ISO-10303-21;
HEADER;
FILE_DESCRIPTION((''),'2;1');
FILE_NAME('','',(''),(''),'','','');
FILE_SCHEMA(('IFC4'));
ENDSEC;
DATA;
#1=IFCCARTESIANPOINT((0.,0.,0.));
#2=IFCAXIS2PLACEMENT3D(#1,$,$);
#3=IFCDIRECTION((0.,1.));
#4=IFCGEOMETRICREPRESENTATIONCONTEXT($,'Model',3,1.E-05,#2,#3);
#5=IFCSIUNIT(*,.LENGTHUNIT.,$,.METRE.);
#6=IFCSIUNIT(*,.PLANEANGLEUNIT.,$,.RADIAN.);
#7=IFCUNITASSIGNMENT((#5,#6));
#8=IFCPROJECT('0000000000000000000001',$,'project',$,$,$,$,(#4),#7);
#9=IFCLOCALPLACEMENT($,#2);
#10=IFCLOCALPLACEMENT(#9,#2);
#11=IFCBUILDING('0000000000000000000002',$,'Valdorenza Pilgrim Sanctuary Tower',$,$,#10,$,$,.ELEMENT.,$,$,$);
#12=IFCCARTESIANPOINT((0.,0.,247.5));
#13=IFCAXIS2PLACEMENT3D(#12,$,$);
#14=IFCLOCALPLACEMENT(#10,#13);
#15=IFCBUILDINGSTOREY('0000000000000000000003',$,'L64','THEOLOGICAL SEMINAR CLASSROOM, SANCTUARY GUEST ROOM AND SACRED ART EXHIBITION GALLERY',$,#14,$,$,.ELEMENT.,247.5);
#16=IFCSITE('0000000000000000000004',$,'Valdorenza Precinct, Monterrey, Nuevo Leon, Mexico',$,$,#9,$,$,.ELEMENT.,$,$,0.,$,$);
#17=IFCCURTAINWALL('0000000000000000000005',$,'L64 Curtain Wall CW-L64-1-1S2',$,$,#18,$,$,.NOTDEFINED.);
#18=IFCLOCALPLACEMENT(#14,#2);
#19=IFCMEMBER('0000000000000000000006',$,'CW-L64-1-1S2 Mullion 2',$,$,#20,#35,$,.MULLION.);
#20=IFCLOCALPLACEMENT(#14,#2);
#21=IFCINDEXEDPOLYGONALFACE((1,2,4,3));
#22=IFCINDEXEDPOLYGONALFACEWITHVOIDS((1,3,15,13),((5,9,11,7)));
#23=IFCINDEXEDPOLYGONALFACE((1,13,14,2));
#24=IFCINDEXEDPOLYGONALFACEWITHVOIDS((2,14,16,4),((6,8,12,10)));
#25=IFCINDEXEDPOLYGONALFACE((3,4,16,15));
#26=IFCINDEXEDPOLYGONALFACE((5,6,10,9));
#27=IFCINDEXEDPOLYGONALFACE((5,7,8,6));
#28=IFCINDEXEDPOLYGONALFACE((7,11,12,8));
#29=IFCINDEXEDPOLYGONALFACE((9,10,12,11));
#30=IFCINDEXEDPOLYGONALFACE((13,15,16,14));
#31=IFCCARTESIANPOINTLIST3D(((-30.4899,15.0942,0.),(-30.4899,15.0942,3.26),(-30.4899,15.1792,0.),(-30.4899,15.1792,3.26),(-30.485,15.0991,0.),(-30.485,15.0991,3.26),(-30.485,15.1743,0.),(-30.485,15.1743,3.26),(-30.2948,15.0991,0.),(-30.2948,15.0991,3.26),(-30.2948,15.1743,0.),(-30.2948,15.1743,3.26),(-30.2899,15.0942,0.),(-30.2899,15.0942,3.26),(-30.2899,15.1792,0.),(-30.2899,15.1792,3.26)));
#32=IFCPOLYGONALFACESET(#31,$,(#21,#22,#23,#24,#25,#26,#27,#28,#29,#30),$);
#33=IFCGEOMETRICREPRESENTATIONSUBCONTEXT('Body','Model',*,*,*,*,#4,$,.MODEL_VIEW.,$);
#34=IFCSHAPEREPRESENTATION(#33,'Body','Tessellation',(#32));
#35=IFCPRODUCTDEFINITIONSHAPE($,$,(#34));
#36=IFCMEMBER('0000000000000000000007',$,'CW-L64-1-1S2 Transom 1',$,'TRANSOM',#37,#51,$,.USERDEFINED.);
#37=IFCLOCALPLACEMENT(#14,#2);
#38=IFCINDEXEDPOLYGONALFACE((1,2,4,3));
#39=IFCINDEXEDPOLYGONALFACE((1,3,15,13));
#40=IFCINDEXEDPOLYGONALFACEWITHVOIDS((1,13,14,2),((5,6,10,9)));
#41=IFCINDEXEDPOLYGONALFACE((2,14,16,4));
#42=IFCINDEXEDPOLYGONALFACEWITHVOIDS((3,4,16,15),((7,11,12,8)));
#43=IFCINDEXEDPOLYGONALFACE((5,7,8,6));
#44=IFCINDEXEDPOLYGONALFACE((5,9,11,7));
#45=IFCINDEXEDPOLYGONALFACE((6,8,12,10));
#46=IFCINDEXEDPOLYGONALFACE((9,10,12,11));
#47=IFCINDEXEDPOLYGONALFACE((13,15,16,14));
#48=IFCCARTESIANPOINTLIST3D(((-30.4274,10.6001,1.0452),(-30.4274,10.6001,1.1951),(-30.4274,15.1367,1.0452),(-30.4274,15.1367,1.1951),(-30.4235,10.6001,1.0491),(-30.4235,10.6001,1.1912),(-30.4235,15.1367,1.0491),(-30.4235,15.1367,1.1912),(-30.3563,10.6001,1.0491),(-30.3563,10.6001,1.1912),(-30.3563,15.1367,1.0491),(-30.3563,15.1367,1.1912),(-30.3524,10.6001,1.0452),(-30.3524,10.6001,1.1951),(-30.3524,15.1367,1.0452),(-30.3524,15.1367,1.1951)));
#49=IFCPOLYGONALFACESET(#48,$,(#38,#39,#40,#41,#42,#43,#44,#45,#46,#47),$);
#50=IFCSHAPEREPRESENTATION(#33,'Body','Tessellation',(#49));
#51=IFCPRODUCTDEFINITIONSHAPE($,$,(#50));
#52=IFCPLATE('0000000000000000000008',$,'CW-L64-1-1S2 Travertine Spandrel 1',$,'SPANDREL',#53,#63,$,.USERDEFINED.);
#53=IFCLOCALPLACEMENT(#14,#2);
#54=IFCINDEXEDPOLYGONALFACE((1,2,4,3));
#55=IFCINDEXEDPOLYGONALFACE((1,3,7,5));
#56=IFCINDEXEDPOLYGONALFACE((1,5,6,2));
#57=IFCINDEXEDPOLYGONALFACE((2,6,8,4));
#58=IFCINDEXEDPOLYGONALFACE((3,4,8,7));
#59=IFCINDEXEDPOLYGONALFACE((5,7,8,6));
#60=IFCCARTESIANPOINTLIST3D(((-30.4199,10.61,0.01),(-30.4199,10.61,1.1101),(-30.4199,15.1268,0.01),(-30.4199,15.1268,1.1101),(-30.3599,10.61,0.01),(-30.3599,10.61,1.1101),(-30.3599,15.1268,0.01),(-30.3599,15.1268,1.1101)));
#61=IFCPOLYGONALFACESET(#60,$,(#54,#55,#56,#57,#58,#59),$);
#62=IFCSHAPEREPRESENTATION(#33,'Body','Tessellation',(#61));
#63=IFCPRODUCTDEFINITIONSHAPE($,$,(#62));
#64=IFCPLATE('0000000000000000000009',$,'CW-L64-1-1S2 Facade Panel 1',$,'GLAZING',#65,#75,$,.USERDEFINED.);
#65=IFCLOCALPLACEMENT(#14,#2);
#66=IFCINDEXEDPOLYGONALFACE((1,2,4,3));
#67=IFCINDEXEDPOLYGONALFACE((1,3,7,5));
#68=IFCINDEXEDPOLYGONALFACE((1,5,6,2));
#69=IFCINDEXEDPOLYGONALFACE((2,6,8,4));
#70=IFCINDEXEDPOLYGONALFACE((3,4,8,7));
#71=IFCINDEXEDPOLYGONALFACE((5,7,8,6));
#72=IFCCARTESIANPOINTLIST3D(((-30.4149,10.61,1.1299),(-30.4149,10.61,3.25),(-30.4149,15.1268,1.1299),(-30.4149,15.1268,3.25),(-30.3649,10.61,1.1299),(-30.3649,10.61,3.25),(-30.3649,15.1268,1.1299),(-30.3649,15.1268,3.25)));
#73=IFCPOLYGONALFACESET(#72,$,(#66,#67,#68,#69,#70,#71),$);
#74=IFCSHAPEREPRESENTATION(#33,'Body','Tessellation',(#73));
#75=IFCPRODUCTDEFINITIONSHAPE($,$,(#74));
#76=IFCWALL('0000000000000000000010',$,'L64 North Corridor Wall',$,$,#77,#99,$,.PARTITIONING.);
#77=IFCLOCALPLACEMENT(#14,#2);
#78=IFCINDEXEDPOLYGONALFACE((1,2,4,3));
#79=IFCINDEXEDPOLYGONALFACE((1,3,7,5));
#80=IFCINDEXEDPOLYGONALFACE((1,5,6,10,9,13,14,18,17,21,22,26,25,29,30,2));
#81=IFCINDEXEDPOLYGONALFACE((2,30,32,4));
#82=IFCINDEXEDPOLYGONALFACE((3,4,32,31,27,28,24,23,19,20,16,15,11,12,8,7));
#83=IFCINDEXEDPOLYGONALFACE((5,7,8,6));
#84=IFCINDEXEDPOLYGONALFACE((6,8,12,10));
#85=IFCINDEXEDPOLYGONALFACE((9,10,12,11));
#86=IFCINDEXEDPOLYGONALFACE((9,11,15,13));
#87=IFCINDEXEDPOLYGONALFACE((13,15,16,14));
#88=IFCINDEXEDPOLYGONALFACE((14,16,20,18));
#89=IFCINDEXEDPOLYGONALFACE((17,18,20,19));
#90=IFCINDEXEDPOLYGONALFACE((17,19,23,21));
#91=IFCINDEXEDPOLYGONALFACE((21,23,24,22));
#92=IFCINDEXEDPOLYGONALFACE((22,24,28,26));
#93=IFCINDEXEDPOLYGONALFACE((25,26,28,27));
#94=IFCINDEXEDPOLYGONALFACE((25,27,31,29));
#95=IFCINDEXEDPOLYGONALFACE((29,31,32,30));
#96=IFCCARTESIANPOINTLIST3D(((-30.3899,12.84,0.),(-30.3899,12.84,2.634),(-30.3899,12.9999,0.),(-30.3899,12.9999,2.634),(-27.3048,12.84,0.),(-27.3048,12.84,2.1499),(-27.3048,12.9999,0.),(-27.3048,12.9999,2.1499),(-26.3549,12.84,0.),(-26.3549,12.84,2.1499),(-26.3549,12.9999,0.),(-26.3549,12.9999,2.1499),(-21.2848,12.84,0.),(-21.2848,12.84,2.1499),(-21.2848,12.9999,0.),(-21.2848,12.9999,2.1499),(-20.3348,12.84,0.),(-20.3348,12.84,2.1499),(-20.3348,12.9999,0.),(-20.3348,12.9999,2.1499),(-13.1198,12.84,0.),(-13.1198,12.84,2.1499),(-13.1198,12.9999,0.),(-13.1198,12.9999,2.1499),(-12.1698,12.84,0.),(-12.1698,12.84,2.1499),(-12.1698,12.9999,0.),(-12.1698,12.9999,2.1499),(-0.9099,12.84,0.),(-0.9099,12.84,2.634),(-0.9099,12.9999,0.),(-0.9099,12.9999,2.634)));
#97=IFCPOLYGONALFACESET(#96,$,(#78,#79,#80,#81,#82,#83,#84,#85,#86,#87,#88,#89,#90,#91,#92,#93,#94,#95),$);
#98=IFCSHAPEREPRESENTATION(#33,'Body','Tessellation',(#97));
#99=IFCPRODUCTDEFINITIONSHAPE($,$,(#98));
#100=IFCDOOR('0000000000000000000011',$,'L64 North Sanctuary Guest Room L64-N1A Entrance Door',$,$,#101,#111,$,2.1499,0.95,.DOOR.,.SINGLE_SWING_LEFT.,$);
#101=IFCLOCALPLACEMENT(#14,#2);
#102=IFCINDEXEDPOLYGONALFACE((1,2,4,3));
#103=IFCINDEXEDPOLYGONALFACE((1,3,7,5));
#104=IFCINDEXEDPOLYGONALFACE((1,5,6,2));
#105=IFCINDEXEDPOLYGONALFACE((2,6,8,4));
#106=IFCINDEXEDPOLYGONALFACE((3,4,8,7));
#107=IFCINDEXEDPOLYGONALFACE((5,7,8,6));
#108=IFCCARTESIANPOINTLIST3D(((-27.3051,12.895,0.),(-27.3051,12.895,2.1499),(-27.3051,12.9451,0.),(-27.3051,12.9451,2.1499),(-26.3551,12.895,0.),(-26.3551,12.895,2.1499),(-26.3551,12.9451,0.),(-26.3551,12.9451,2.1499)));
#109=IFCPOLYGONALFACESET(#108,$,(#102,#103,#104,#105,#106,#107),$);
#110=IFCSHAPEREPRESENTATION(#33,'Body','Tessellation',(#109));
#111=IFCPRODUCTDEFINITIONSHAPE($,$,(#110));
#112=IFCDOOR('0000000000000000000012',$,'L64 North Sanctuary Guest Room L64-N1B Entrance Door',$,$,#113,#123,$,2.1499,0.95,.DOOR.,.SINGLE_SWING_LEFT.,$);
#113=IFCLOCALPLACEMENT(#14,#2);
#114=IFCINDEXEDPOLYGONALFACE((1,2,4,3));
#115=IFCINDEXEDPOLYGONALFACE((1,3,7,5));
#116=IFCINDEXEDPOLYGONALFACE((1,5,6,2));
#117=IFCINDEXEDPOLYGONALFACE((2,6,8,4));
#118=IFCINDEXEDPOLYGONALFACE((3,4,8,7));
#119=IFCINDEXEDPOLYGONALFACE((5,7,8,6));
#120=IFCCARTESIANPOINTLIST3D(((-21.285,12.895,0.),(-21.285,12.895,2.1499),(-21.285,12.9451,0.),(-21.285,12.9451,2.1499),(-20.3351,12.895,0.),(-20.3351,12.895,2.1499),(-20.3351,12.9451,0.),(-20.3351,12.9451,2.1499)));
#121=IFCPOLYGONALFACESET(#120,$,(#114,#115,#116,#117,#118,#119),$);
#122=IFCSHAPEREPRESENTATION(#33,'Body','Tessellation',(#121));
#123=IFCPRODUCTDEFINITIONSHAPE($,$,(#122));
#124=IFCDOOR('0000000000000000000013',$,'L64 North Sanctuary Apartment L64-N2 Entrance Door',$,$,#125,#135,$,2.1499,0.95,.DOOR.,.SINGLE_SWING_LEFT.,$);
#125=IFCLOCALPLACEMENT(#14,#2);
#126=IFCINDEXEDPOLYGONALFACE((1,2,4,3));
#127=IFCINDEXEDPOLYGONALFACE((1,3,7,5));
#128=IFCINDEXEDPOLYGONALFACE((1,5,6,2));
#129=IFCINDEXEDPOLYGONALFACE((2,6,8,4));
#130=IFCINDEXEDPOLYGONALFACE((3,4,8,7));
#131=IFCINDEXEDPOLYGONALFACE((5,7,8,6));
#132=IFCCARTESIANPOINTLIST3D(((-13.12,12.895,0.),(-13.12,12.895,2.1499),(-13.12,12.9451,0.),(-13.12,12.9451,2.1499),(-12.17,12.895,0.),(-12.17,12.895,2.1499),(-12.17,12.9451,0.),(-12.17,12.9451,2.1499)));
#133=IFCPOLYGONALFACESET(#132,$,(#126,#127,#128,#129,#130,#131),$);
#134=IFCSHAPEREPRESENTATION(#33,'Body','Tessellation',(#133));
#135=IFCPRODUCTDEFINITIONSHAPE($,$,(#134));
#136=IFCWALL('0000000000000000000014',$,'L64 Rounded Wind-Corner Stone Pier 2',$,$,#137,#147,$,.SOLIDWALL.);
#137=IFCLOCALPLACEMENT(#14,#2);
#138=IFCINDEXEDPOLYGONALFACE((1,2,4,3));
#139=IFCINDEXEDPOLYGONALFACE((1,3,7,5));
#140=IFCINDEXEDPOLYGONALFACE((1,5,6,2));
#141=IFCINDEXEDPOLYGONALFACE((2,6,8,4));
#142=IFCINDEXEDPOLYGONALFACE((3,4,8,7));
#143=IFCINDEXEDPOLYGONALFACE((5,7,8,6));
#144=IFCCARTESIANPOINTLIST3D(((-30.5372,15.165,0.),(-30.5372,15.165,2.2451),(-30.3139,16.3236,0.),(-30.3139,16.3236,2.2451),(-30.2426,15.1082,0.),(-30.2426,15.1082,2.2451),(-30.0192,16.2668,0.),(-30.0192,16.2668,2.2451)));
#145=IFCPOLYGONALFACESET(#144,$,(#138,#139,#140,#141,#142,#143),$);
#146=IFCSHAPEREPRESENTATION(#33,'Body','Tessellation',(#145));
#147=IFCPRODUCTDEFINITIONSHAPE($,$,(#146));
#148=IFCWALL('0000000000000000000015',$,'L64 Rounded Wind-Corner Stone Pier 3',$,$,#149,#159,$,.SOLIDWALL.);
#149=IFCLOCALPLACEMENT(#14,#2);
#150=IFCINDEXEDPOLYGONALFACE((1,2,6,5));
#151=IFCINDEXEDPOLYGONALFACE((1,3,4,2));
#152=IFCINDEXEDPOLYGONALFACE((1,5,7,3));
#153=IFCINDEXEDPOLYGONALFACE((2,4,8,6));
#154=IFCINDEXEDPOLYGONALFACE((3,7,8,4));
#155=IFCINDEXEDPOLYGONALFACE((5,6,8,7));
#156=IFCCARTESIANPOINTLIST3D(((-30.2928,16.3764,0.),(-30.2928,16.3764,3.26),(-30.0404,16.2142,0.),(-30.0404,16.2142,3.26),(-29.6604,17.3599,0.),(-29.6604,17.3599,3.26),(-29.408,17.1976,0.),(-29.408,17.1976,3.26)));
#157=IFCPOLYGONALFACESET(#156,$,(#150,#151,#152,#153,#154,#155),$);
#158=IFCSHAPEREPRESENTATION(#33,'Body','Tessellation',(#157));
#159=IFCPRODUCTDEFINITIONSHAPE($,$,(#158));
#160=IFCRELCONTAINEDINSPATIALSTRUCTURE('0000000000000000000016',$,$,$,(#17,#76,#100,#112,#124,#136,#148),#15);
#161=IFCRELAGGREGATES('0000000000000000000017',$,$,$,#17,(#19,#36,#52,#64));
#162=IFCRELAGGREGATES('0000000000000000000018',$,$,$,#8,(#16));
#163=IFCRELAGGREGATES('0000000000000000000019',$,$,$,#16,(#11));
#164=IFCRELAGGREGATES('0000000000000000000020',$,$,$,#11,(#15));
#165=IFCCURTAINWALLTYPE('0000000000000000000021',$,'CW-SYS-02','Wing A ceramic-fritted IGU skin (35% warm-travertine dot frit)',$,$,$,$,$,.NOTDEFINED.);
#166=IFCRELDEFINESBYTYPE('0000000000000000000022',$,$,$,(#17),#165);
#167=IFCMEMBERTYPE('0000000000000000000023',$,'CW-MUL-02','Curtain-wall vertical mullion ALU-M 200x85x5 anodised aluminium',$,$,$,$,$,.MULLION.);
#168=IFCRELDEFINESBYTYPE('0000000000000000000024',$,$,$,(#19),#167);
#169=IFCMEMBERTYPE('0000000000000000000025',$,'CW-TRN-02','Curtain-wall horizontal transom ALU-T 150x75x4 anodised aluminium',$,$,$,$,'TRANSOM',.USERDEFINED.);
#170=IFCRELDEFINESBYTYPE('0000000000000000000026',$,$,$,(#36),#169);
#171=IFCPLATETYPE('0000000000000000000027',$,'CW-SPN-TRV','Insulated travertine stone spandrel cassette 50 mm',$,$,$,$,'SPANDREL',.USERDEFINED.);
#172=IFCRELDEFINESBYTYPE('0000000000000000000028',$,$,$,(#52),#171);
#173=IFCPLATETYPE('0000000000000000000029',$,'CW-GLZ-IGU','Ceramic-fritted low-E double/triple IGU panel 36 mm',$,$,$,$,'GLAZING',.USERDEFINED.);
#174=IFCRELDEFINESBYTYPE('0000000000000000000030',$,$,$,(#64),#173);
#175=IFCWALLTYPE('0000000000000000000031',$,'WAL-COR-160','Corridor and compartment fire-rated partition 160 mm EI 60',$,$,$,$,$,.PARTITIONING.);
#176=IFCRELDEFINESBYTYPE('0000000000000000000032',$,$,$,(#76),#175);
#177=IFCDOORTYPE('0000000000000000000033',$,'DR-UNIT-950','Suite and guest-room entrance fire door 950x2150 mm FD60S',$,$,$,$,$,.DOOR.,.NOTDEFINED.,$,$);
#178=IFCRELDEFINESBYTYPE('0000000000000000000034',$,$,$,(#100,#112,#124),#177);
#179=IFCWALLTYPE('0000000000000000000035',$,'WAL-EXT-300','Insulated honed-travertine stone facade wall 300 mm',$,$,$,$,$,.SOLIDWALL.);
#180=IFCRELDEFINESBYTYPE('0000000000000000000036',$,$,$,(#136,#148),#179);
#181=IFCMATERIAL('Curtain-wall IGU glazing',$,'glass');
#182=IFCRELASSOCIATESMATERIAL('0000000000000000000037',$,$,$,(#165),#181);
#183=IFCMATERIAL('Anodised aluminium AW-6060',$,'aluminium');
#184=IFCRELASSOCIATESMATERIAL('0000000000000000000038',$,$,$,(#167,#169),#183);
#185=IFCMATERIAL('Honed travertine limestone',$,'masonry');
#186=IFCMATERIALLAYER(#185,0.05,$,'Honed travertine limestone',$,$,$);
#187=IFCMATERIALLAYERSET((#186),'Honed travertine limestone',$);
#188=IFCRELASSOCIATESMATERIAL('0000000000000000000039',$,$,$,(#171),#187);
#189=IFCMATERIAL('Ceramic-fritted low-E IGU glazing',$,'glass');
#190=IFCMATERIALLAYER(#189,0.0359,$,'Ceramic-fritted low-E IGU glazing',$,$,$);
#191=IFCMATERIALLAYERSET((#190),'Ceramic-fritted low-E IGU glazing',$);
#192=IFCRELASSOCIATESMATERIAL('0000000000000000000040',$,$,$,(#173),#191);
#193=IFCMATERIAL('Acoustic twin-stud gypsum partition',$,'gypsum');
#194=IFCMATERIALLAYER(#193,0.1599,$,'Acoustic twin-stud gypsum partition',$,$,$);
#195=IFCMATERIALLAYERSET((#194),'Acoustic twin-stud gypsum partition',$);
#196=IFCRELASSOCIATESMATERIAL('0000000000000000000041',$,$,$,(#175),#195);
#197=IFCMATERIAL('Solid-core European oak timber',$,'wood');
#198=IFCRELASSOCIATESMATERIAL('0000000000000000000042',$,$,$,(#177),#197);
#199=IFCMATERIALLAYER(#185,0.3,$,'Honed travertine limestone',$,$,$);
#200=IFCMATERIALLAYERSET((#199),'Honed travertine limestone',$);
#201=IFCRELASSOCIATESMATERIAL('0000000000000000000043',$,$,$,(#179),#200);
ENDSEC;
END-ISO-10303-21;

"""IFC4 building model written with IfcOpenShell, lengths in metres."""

from ifc_helpers import new_model, si_unit, direction, frame, frame_2d, origin, origin_2d, place, context, subcontext, project, spatial, rectangle, hollow_rectangle, extrude, source, transform, mapped, material, layer, layer_set, material_profile, profile_set, type_object, element, fill, aggregate, save


model = new_model("IFC4")

# Units and contexts
model_context = context("Model", 3, precision=1e-05, world=origin(), true_north=direction((0.0, 1.0)))
body_context = subcontext(model_context, "Body", "Model", "MODEL_VIEW")
ifc_project = project(units=[si_unit("LENGTHUNIT", "METRE"), si_unit("PLANEANGLEUNIT", "RADIAN")], contexts=[model_context])

# Site, building, storey
site_placement = place(None, origin())
site = spatial("IfcSite", under=ifc_project, at=site_placement, Name="Valdorenza Precinct, Monterrey, Nuevo Leon, Mexico", CompositionType="ELEMENT", RefElevation=0.0)
building_placement = place(site_placement, origin())
building = spatial("IfcBuilding", under=site, at=building_placement, Name="Valdorenza Pilgrim Sanctuary Tower", CompositionType="ELEMENT")
storey_placement = place(building_placement, frame((0.0, 0.0, 247.5)))
storey = spatial("IfcBuildingStorey", under=building, at=storey_placement, Name="L64", Description="THEOLOGICAL SEMINAR CLASSROOM, SANCTUARY GUEST ROOM AND SACRED ART EXHIBITION GALLERY", CompositionType="ELEMENT", Elevation=247.5)

# Curtain wall, members, plates
ifc_material_1 = material(Name="Curtain-wall IGU glazing", Category="glass")
curtain_wall_type = type_object("IfcCurtainWallType", Name="CW-SYS-02", Description="Wing A ceramic-fritted IGU skin (35% warm-travertine dot frit)", PredefinedType="NOTDEFINED", material=ifc_material_1)
curtain_wall_placement = place(storey_placement, origin())
curtain_wall = element("IfcCurtainWall", 1, at=curtain_wall_placement, inside=storey, type_object=curtain_wall_type, Name="L64 Curtain Wall CW-L64-1-1S2", PredefinedType="NOTDEFINED")
ifc_material_2 = material(Name="Anodised aluminium AW-6060", Category="aluminium")
ifc_material_profile_1 = material_profile(ifc_material_2, hollow_rectangle(XDim=0.085, YDim=0.2, WallThickness=0.0049, at=origin_2d()), Name="ALU-M 200x85x5")
ifc_profile_set_1 = profile_set([ifc_material_profile_1], Name="Anodised aluminium AW-6060")
member_type_1 = type_object("IfcMemberType", Name="CW-MUL-02", Description="Curtain-wall vertical mullion ALU-M 200x85x5 anodised aluminium", PredefinedType="MULLION", material=ifc_profile_set_1)
shared_shape_1 = source(origin(), body_context, "Body", "SweptSolid", [
    extrude(hollow_rectangle(XDim=0.085, YDim=0.2, WallThickness=0.0049, at=origin_2d()), origin(), (0.0, 0.0, 1.0), 3.26),
])
member_1_placement = place(storey_placement, frame((-30.3899, 15.1367, 0.0), z_axis=(0.0, 0.0, 1.0), x_axis=(0.0, 1.0, 0.0)))
member_1 = element("IfcMember", 2, at=member_1_placement, type_object=member_type_1, Name="CW-L64-1-1S2 Mullion 2", PredefinedType="MULLION", context=body_context, shape_type="MappedRepresentation", body=[
    mapped(shared_shape_1, transform((0.0, 0.0, 0.0), x_axis=(1.0, 0.0, 0.0), y_axis=(0.0, 1.0, 0.0), z_axis=(0.0, 0.0, 1.0), scale=1.0)),
])
ifc_material_profile_2 = material_profile(ifc_material_2, hollow_rectangle(XDim=0.075, YDim=0.1499, WallThickness=0.0039, at=origin_2d()), Name="ALU-T 150x75x4")
ifc_profile_set_2 = profile_set([ifc_material_profile_2], Name="Anodised aluminium AW-6060")
member_type_2 = type_object("IfcMemberType", Name="CW-TRN-02", Description="Curtain-wall horizontal transom ALU-T 150x75x4 anodised aluminium", ElementType="TRANSOM", PredefinedType="USERDEFINED", material=ifc_profile_set_2)
shared_shape_2 = source(origin(), body_context, "Body", "SweptSolid", [
    extrude(hollow_rectangle(XDim=0.075, YDim=0.1499, WallThickness=0.0039, at=origin_2d()), origin(), (0.0, 0.0, 1.0), 4.5366),
])
member_2_placement = place(storey_placement, frame((-30.3899, 10.6001, 1.1201), z_axis=(0.0, 1.0, 0.0), x_axis=(-1.0, 0.0, 0.0)))
member_2 = element("IfcMember", 3, at=member_2_placement, type_object=member_type_2, Name="CW-L64-1-1S2 Transom 1", ObjectType="TRANSOM", PredefinedType="USERDEFINED", context=body_context, shape_type="MappedRepresentation", body=[
    mapped(shared_shape_2, transform((0.0, 0.0, 0.0), x_axis=(1.0, 0.0, 0.0), y_axis=(0.0, 1.0, 0.0), z_axis=(0.0, 0.0, 1.0), scale=1.0)),
])
ifc_material_3 = material(Name="Honed travertine limestone", Category="masonry")
ifc_layer_1 = layer(ifc_material_3, 0.05, Name="Honed travertine limestone")
ifc_layer_set_1 = layer_set([ifc_layer_1], Name="Honed travertine limestone")
plate_type_1 = type_object("IfcPlateType", Name="CW-SPN-TRV", Description="Insulated travertine stone spandrel cassette 50 mm", ElementType="SPANDREL", PredefinedType="USERDEFINED", material=ifc_layer_set_1)
shared_shape_3 = source(origin(), body_context, "Body", "SweptSolid", [
    extrude(rectangle(XDim=4.5168, YDim=0.0601, at=origin_2d()), origin(), (0.0, 0.0, 1.0), 1.1001),
])
plate_1_placement = place(storey_placement, frame((-30.3899, 12.8684, 0.01), z_axis=(0.0, 0.0, 1.0), x_axis=(0.0, 1.0, 0.0)))
plate_1 = element("IfcPlate", 4, at=plate_1_placement, type_object=plate_type_1, Name="CW-L64-1-1S2 Travertine Spandrel 1", ObjectType="SPANDREL", PredefinedType="USERDEFINED", context=body_context, shape_type="MappedRepresentation", body=[
    mapped(shared_shape_3, transform((0.0, 0.0, 0.0), x_axis=(1.0, 0.0, 0.0), y_axis=(0.0, 1.0, 0.0), z_axis=(0.0, 0.0, 1.0), scale=1.0)),
])
ifc_material_4 = material(Name="Ceramic-fritted low-E IGU glazing", Category="glass")
ifc_layer_2 = layer(ifc_material_4, 0.0359, Name="Ceramic-fritted low-E IGU glazing")
ifc_layer_set_2 = layer_set([ifc_layer_2], Name="Ceramic-fritted low-E IGU glazing")
plate_type_2 = type_object("IfcPlateType", Name="CW-GLZ-IGU", Description="Ceramic-fritted low-E double/triple IGU panel 36 mm", ElementType="GLAZING", PredefinedType="USERDEFINED", material=ifc_layer_set_2)
shared_shape_4 = source(origin(), body_context, "Body", "SweptSolid", [
    extrude(rectangle(XDim=4.5168, YDim=0.05, at=origin_2d()), origin(), (0.0, 0.0, 1.0), 2.1201),
])
plate_2_placement = place(storey_placement, frame((-30.3899, 12.8684, 1.1299), z_axis=(0.0, 0.0, 1.0), x_axis=(0.0, 1.0, 0.0)))
plate_2 = element("IfcPlate", 5, at=plate_2_placement, type_object=plate_type_2, Name="CW-L64-1-1S2 Facade Panel 1", ObjectType="GLAZING", PredefinedType="USERDEFINED", context=body_context, shape_type="MappedRepresentation", body=[
    mapped(shared_shape_4, transform((0.0, 0.0, 0.0), x_axis=(1.0, 0.0, 0.0), y_axis=(0.0, 1.0, 0.0), z_axis=(0.0, 0.0, 1.0), scale=1.0)),
])
aggregate(curtain_wall, [member_1, member_2, plate_1, plate_2])

# Wall, openings, doors
ifc_material_5 = material(Name="Acoustic twin-stud gypsum partition", Category="gypsum")
ifc_layer_3 = layer(ifc_material_5, 0.1599, Name="Acoustic twin-stud gypsum partition")
ifc_layer_set_3 = layer_set([ifc_layer_3], Name="Acoustic twin-stud gypsum partition")
wall_type_1 = type_object("IfcWallType", Name="WAL-COR-160", Description="Corridor and compartment fire-rated partition 160 mm EI 60", PredefinedType="PARTITIONING", material=ifc_layer_set_3)
wall_1_placement = place(storey_placement, frame((-30.3899, 12.9199, 0.0), z_axis=(0.0, 0.0, 1.0), x_axis=(1.0, 0.0, 0.0)))
wall_1 = element("IfcWall", 6, at=wall_1_placement, inside=storey, type_object=wall_type_1, Name="L64 North Corridor Wall", PredefinedType="PARTITIONING", context=body_context, shape_type="SweptSolid", body=[
    extrude(rectangle(XDim=29.48, YDim=0.1599, at=frame_2d((14.74, 0.0))), origin(), (0.0, 0.0, 1.0), 2.634),
])
opening_1_placement = place(wall_1_placement, frame((3.085, 0.0, 0.0)))
opening_1 = element("IfcOpeningElement", 7, at=opening_1_placement, cuts=wall_1, PredefinedType="OPENING", context=body_context, shape_type="SweptSolid", body=[
    extrude(rectangle(XDim=0.95, YDim=2.1499, at=frame_2d((0.4751, 1.075))), frame((0.0, 0.0947, 0.0), z_axis=(0.0, -1.0, 0.0), x_axis=(1.0, 0.0, 0.0)), (0.0, 0.0, 1.0), 0.1897),
])
opening_2_placement = place(wall_1_placement, frame((9.105, 0.0, 0.0)))
opening_2 = element("IfcOpeningElement", 8, at=opening_2_placement, cuts=wall_1, PredefinedType="OPENING", context=body_context, shape_type="SweptSolid", body=[
    extrude(rectangle(XDim=0.95, YDim=2.1499, at=frame_2d((0.4751, 1.075))), frame((0.0, 0.0947, 0.0), z_axis=(0.0, -1.0, 0.0), x_axis=(1.0, 0.0, 0.0)), (0.0, 0.0, 1.0), 0.1897),
])
opening_3_placement = place(wall_1_placement, frame((17.27, 0.0, 0.0)))
opening_3 = element("IfcOpeningElement", 9, at=opening_3_placement, cuts=wall_1, PredefinedType="OPENING", context=body_context, shape_type="SweptSolid", body=[
    extrude(rectangle(XDim=0.95, YDim=2.1499, at=frame_2d((0.4751, 1.075))), frame((0.0, 0.0947, 0.0), z_axis=(0.0, -1.0, 0.0), x_axis=(1.0, 0.0, 0.0)), (0.0, 0.0, 1.0), 0.1897),
])
ifc_material_6 = material(Name="Solid-core European oak timber", Category="wood")
door_type = type_object("IfcDoorType", Name="DR-UNIT-950", Description="Suite and guest-room entrance fire door 950x2150 mm FD60S", OperationType="NOTDEFINED", PredefinedType="DOOR", material=ifc_material_6)
door_1_placement = place(opening_1_placement, frame((0.95, 0.0, 0.0), z_axis=(0.0, 0.0, 1.0), x_axis=(-1.0, 0.0, 0.0)))
door_1 = element("IfcDoor", 10, at=door_1_placement, inside=storey, type_object=door_type, Name="L64 North Sanctuary Guest Room L64-N1A Entrance Door", OperationType="SINGLE_SWING_LEFT", OverallHeight=2.1499, OverallWidth=0.95, PredefinedType="DOOR", context=body_context, shape_type="SweptSolid", body=[
    extrude(rectangle(XDim=0.95, YDim=2.1499, at=frame_2d((0.4751, 1.075))), frame((0.0, 0.0249, 0.0), z_axis=(0.0, -1.0, 0.0), x_axis=(1.0, 0.0, 0.0)), (0.0, 0.0, 1.0), 0.05),
])
fill(opening_1, door_1)
door_2_placement = place(opening_2_placement, frame((0.95, 0.0, 0.0), z_axis=(0.0, 0.0, 1.0), x_axis=(-1.0, 0.0, 0.0)))
door_2 = element("IfcDoor", 11, at=door_2_placement, inside=storey, type_object=door_type, Name="L64 North Sanctuary Guest Room L64-N1B Entrance Door", OperationType="SINGLE_SWING_LEFT", OverallHeight=2.1499, OverallWidth=0.95, PredefinedType="DOOR", context=body_context, shape_type="SweptSolid", body=[
    extrude(rectangle(XDim=0.95, YDim=2.1499, at=frame_2d((0.4751, 1.075))), frame((0.0, 0.0249, 0.0), z_axis=(0.0, -1.0, 0.0), x_axis=(1.0, 0.0, 0.0)), (0.0, 0.0, 1.0), 0.05),
])
fill(opening_2, door_2)
door_3_placement = place(opening_3_placement, frame((0.95, 0.0, 0.0), z_axis=(0.0, 0.0, 1.0), x_axis=(-1.0, 0.0, 0.0)))
door_3 = element("IfcDoor", 12, at=door_3_placement, inside=storey, type_object=door_type, Name="L64 North Sanctuary Apartment L64-N2 Entrance Door", OperationType="SINGLE_SWING_LEFT", OverallHeight=2.1499, OverallWidth=0.95, PredefinedType="DOOR", context=body_context, shape_type="SweptSolid", body=[
    extrude(rectangle(XDim=0.95, YDim=2.1499, at=frame_2d((0.4751, 1.075))), frame((0.0, 0.0249, 0.0), z_axis=(0.0, -1.0, 0.0), x_axis=(1.0, 0.0, 0.0)), (0.0, 0.0, 1.0), 0.05),
])
fill(opening_3, door_3)

# Walls
ifc_layer_4 = layer(ifc_material_3, 0.3, Name="Honed travertine limestone")
ifc_layer_set_4 = layer_set([ifc_layer_4], Name="Honed travertine limestone")
wall_type_2 = type_object("IfcWallType", Name="WAL-EXT-300", Description="Insulated honed-travertine stone facade wall 300 mm", PredefinedType="SOLIDWALL", material=ifc_layer_set_4)
wall_2_placement = place(storey_placement, frame((-30.3899, 15.1367, 0.0), z_axis=(0.0, 0.0, 1.0), x_axis=(0.189308, 0.981918, 0.0)))
element("IfcWall", 13, at=wall_2_placement, inside=storey, type_object=wall_type_2, Name="L64 Rounded Wind-Corner Stone Pier 2", PredefinedType="SOLIDWALL", context=body_context, shape_type="SweptSolid", body=[
    extrude(rectangle(XDim=1.1799, YDim=0.3, at=frame_2d((0.5898, 0.0))), origin(), (0.0, 0.0, 1.0), 2.2451),
])
wall_3_placement = place(storey_placement, frame((-30.1665, 16.2954, 0.0), z_axis=(0.0, 0.0, 1.0), x_axis=(0.540842, 0.841124, 0.0)))
element("IfcWall", 14, at=wall_3_placement, inside=storey, type_object=wall_type_2, Name="L64 Rounded Wind-Corner Stone Pier 3", PredefinedType="SOLIDWALL", context=body_context, shape_type="SweptSolid", body=[
    extrude(rectangle(XDim=1.1692, YDim=0.3, at=frame_2d((0.5845, 0.0))), origin(), (0.0, 0.0, 1.0), 3.26),
])

save(model, "model.ifc")
